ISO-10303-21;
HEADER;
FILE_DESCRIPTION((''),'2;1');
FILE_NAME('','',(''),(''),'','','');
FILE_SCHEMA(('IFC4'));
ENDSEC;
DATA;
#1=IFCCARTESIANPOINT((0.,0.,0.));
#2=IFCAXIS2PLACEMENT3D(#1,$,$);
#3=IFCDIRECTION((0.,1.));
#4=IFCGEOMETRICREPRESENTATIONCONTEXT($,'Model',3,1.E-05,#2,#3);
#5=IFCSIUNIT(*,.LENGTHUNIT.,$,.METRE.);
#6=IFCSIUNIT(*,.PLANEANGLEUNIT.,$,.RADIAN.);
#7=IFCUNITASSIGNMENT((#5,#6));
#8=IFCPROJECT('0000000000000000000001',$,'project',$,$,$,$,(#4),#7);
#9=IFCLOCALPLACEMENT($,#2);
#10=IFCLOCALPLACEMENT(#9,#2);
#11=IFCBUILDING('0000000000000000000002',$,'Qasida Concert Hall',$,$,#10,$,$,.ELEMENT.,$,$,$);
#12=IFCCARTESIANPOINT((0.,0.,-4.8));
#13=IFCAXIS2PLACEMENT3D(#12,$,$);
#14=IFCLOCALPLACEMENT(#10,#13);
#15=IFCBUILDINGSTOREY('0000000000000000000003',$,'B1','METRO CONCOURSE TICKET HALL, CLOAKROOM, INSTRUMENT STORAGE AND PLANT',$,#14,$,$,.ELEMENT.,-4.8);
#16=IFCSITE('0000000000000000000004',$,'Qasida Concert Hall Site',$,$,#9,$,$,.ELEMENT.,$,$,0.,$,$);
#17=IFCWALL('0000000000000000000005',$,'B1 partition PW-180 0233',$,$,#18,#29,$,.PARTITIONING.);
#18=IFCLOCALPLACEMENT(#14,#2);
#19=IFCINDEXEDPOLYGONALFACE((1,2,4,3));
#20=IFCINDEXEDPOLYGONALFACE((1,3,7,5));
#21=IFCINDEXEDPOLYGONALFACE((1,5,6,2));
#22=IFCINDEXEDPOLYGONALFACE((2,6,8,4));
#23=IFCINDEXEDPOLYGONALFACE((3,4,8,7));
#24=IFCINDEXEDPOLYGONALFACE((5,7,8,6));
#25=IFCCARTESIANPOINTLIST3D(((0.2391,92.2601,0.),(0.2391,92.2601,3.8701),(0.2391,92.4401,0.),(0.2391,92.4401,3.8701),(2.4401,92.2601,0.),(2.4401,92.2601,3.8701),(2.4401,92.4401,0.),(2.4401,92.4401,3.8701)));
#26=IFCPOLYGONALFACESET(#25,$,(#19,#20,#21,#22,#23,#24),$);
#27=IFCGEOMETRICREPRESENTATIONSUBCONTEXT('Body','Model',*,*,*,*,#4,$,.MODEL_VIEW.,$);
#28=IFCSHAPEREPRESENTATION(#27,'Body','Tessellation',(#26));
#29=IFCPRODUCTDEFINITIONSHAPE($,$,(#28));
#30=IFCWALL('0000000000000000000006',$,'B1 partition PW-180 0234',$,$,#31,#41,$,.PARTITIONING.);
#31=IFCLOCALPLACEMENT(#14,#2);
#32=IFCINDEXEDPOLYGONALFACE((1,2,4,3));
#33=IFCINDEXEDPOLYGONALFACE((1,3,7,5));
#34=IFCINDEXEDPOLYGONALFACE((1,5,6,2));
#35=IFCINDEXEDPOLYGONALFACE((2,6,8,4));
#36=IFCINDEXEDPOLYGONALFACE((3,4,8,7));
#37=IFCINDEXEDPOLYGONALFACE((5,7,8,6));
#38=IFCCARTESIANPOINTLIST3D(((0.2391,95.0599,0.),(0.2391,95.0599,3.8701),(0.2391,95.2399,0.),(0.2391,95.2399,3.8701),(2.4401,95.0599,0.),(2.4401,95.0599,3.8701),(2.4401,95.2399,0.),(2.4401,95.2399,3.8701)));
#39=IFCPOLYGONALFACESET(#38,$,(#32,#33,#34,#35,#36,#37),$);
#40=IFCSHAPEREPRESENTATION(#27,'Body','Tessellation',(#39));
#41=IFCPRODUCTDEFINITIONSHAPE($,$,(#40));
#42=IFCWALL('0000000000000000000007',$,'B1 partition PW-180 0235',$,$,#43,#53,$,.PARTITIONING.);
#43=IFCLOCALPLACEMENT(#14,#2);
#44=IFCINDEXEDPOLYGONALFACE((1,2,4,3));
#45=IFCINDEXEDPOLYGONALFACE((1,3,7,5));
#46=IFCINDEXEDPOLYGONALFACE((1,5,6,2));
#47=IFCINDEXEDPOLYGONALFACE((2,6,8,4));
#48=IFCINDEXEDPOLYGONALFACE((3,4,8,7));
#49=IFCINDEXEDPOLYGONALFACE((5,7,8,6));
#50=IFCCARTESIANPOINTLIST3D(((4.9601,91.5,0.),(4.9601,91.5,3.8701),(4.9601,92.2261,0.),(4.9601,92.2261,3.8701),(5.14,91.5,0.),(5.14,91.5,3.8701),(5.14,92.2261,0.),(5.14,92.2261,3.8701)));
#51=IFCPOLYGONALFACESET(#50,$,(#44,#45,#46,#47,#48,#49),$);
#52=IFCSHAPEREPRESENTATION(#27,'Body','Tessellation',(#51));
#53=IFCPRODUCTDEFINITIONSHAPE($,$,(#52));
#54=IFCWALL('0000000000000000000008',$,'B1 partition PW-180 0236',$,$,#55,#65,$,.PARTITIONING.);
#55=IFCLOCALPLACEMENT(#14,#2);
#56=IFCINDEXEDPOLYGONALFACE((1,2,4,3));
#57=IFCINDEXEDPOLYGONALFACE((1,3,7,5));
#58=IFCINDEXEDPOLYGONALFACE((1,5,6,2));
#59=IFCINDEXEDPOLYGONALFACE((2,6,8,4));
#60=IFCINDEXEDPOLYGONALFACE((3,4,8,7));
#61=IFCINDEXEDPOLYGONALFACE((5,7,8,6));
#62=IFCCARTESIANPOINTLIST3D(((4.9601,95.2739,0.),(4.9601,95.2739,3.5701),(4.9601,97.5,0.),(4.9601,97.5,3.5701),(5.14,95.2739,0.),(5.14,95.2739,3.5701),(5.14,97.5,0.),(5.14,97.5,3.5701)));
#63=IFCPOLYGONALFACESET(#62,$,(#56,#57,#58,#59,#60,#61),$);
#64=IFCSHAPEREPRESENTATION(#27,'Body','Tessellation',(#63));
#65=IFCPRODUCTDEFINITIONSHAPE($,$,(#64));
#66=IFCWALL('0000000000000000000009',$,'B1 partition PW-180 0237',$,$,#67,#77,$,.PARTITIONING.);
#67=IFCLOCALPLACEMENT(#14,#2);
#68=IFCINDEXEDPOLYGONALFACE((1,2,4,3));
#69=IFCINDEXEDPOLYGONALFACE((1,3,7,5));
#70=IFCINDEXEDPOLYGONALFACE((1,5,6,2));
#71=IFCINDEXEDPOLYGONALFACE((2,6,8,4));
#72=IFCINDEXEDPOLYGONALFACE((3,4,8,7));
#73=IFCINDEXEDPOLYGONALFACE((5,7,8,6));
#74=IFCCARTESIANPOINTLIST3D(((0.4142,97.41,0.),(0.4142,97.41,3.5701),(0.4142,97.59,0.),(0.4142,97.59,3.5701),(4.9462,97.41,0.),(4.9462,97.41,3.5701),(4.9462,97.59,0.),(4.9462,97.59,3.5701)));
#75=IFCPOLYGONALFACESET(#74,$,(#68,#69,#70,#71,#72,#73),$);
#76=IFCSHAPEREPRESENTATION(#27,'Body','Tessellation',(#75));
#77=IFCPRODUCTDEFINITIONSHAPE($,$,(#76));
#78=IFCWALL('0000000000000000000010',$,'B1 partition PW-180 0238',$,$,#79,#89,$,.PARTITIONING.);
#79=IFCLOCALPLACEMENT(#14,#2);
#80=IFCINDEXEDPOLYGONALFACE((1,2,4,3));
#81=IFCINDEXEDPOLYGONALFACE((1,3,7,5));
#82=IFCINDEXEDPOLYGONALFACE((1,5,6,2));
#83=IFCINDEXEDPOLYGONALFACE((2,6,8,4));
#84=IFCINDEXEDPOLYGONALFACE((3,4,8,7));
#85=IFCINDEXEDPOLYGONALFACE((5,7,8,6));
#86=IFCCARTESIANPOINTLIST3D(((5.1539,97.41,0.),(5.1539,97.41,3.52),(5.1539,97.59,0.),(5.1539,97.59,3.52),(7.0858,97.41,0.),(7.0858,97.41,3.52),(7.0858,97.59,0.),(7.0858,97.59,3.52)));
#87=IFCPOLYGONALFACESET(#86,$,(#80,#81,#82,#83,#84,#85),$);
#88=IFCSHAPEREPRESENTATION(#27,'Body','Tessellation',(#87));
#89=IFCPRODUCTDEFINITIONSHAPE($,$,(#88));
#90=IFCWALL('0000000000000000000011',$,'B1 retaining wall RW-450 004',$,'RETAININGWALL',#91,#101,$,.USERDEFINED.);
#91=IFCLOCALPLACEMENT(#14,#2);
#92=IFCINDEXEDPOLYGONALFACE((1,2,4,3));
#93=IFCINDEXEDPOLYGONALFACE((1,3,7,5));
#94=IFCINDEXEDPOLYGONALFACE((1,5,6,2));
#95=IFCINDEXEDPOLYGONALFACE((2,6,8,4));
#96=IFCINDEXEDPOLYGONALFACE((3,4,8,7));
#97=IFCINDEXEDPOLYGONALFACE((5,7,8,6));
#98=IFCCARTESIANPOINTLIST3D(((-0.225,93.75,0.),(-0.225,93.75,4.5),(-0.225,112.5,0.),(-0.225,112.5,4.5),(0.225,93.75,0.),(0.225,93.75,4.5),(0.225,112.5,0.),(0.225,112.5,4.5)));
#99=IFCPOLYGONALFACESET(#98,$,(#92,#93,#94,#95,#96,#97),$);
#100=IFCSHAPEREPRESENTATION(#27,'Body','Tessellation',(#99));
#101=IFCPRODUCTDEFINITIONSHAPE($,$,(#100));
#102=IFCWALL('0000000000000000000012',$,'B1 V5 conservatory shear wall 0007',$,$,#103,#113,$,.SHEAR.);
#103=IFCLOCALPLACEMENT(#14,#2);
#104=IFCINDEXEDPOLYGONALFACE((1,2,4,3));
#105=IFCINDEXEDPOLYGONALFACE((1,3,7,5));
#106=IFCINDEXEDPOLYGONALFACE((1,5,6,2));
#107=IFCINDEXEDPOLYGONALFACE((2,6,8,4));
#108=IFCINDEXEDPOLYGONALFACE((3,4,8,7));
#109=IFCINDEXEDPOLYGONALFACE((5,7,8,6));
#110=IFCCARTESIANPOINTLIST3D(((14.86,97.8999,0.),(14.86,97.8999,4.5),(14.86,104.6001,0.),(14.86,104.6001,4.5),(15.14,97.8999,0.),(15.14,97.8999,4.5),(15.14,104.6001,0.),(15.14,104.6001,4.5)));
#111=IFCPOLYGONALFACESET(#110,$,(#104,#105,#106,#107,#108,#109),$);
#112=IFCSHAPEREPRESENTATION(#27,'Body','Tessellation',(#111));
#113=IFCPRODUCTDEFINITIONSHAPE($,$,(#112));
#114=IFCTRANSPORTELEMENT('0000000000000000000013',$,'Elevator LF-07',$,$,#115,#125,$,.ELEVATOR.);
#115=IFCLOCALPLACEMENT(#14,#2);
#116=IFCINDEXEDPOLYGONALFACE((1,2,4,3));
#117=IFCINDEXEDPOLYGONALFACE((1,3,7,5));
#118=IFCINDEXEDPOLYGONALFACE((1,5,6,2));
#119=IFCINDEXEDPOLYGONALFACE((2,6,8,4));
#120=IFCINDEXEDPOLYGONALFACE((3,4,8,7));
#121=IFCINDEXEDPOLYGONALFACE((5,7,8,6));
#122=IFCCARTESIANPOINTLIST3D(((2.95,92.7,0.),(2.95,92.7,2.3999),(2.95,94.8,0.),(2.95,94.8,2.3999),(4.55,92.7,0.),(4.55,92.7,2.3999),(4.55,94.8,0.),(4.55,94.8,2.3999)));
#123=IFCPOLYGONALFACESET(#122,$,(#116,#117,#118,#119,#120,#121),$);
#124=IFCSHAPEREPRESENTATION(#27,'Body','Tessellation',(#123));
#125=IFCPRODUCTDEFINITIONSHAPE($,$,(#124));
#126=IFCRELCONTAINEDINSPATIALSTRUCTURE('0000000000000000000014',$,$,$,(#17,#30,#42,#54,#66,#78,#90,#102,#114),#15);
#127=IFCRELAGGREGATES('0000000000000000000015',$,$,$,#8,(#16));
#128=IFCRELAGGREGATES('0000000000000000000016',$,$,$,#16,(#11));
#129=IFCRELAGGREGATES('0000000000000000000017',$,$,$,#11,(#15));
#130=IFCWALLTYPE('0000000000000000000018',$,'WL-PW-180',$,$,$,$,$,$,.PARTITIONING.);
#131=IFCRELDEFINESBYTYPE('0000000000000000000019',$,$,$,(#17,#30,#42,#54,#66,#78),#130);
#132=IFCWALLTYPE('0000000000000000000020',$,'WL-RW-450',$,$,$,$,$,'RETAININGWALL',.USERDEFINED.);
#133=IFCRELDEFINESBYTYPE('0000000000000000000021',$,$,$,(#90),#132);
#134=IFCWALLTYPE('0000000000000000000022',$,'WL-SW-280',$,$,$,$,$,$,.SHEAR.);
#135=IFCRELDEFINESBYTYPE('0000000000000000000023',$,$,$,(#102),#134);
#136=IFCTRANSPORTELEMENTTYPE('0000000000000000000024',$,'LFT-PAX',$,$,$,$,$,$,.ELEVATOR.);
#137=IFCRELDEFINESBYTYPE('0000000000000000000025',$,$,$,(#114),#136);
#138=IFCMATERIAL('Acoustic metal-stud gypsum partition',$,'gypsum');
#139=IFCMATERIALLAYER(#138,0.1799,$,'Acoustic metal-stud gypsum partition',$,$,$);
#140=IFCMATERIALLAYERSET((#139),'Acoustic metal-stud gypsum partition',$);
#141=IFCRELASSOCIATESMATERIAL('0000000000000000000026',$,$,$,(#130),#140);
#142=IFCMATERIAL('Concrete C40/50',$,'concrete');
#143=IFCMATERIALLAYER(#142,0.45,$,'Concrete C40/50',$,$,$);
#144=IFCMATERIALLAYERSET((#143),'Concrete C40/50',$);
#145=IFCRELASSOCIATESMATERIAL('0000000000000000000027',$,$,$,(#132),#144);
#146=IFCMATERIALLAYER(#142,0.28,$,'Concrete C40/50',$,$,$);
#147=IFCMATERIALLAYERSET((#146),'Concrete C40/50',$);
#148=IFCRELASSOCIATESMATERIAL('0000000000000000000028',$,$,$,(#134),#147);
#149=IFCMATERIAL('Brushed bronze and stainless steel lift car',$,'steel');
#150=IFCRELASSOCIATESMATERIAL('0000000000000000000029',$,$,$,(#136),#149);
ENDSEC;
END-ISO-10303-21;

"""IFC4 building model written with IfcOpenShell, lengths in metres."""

from ifc_helpers import new_model, si_unit, direction, frame, frame_2d, origin, origin_2d, place, context, subcontext, project, spatial, rectangle, extrude, material, layer, layer_set, type_object, element, save


model = new_model("IFC4")

# Units and contexts
model_context = context("Model", 3, precision=1e-05, world=origin(), true_north=direction((0.0, 1.0)))
body_context = subcontext(model_context, "Body", "Model", "MODEL_VIEW")
ifc_project = project(units=[si_unit("LENGTHUNIT", "METRE"), si_unit("PLANEANGLEUNIT", "RADIAN")], contexts=[model_context])

# Site, building, storey
site_placement = place(None, origin())
site = spatial("IfcSite", under=ifc_project, at=site_placement, Name="Qasida Concert Hall Site", CompositionType="ELEMENT", RefElevation=0.0)
building_placement = place(site_placement, origin())
building = spatial("IfcBuilding", under=site, at=building_placement, Name="Qasida Concert Hall", CompositionType="ELEMENT")
storey_placement = place(building_placement, frame((0.0, 0.0, -4.8)))
storey = spatial("IfcBuildingStorey", under=building, at=storey_placement, Name="B1", Description="METRO CONCOURSE TICKET HALL, CLOAKROOM, INSTRUMENT STORAGE AND PLANT", CompositionType="ELEMENT", Elevation=-4.8)

# Shared definitions
ifc_material_1 = material(Name="Concrete C40/50", Category="concrete")

# Walls
ifc_material_2 = material(Name="Acoustic metal-stud gypsum partition", Category="gypsum")
ifc_layer_1 = layer(ifc_material_2, 0.1799, Name="Acoustic metal-stud gypsum partition")
ifc_layer_set_1 = layer_set([ifc_layer_1], Name="Acoustic metal-stud gypsum partition")
wall_type_1 = type_object("IfcWallType", Name="WL-PW-180", PredefinedType="PARTITIONING", material=ifc_layer_set_1)
for number, where, z_axis, x_axis, name in (
    (1, (0.239, 92.3501, 0.0), (0.0, 0.0, 1.0), (1.0, 0.0, 0.0), "B1 partition PW-180 0233"),
    (2, (0.239, 95.1499, 0.0), (0.0, 0.0, 1.0), (1.0, 0.0, 0.0), "B1 partition PW-180 0234"),
):
    element("IfcWall", number, at=place(storey_placement, frame(where, z_axis=z_axis, x_axis=x_axis)), inside=storey, type_object=wall_type_1, Name=name, PredefinedType="PARTITIONING", context=body_context, shape_type="SweptSolid", body=[
        extrude(rectangle(XDim=2.2009, YDim=0.1799, at=frame_2d((1.1006, 0.0))), origin(), (0.0, 0.0, 1.0), 3.8701),
    ])
wall_1_placement = place(storey_placement, frame((5.05, 91.5, 0.0), z_axis=(0.0, 0.0, 1.0), x_axis=(0.0, 1.0, 0.0)))
element("IfcWall", 3, at=wall_1_placement, inside=storey, type_object=wall_type_1, Name="B1 partition PW-180 0235", PredefinedType="PARTITIONING", context=body_context, shape_type="SweptSolid", body=[
    extrude(rectangle(XDim=0.7261, YDim=0.1799, at=frame_2d((0.363, 0.0))), origin(), (0.0, 0.0, 1.0), 3.8701),
])
wall_2_placement = place(storey_placement, frame((5.05, 95.2739, 0.0), z_axis=(0.0, 0.0, 1.0), x_axis=(0.0, 1.0, 0.0)))
element("IfcWall", 4, at=wall_2_placement, inside=storey, type_object=wall_type_1, Name="B1 partition PW-180 0236", PredefinedType="PARTITIONING", context=body_context, shape_type="SweptSolid", body=[
    extrude(rectangle(XDim=2.2261, YDim=0.1799, at=frame_2d((1.113, 0.0))), origin(), (0.0, 0.0, 1.0), 3.5701),
])
wall_3_placement = place(storey_placement, frame((0.4141, 97.5, 0.0), z_axis=(0.0, 0.0, 1.0), x_axis=(1.0, 0.0, 0.0)))
element("IfcWall", 5, at=wall_3_placement, inside=storey, type_object=wall_type_1, Name="B1 partition PW-180 0237", PredefinedType="PARTITIONING", context=body_context, shape_type="SweptSolid", body=[
    extrude(rectangle(XDim=4.532, YDim=0.1799, at=frame_2d((2.2661, 0.0))), origin(), (0.0, 0.0, 1.0), 3.5701),
])
wall_4_placement = place(storey_placement, frame((5.1541, 97.5, 0.0), z_axis=(0.0, 0.0, 1.0), x_axis=(1.0, 0.0, 0.0)))
element("IfcWall", 6, at=wall_4_placement, inside=storey, type_object=wall_type_1, Name="B1 partition PW-180 0238", PredefinedType="PARTITIONING", context=body_context, shape_type="SweptSolid", body=[
    extrude(rectangle(XDim=1.9319, YDim=0.1799, at=frame_2d((0.9658, 0.0))), origin(), (0.0, 0.0, 1.0), 3.52),
])
ifc_layer_2 = layer(ifc_material_1, 0.45, Name="Concrete C40/50")
ifc_layer_set_2 = layer_set([ifc_layer_2], Name="Concrete C40/50")
wall_type_2 = type_object("IfcWallType", Name="WL-RW-450", ElementType="RETAININGWALL", PredefinedType="USERDEFINED", material=ifc_layer_set_2)
wall_5_placement = place(storey_placement, frame((0.0, 93.75, 0.0), z_axis=(0.0, 0.0, 1.0), x_axis=(0.0, 1.0, 0.0)))
element("IfcWall", 7, at=wall_5_placement, inside=storey, type_object=wall_type_2, Name="B1 retaining wall RW-450 004", ObjectType="RETAININGWALL", PredefinedType="USERDEFINED", context=body_context, shape_type="SweptSolid", body=[
    extrude(rectangle(XDim=18.75, YDim=0.45, at=frame_2d((9.375, 0.0))), origin(), (0.0, 0.0, 1.0), 4.5),
])
ifc_layer_3 = layer(ifc_material_1, 0.28, Name="Concrete C40/50")
ifc_layer_set_3 = layer_set([ifc_layer_3], Name="Concrete C40/50")
wall_type_3 = type_object("IfcWallType", Name="WL-SW-280", PredefinedType="SHEAR", material=ifc_layer_set_3)
wall_6_placement = place(storey_placement, frame((15.0, 97.8999, 0.0), z_axis=(0.0, 0.0, 1.0), x_axis=(0.0, 1.0, 0.0)))
element("IfcWall", 8, at=wall_6_placement, inside=storey, type_object=wall_type_3, Name="B1 V5 conservatory shear wall 0007", PredefinedType="SHEAR", context=body_context, shape_type="SweptSolid", body=[
    extrude(rectangle(XDim=6.7002, YDim=0.28, at=frame_2d((3.3501, 0.0))), origin(), (0.0, 0.0, 1.0), 4.5),
])

# Transport element
ifc_material_3 = material(Name="Brushed bronze and stainless steel lift car", Category="steel")
transport_element_type = type_object("IfcTransportElementType", Name="LFT-PAX", PredefinedType="ELEVATOR", material=ifc_material_3)
transport_element_placement = place(storey_placement, frame((3.75, 93.75, 0.0), z_axis=(0.0, 0.0, 1.0), x_axis=(1.0, 0.0, 0.0)))
element("IfcTransportElement", 9, at=transport_element_placement, inside=storey, type_object=transport_element_type, Name="Elevator LF-07", PredefinedType="ELEVATOR", context=body_context, shape_type="SweptSolid", body=[
    extrude(rectangle(XDim=1.6001, YDim=2.1001, at=origin_2d()), origin(), (0.0, 0.0, 1.0), 2.3999),
])

save(model, "model.ifc")
